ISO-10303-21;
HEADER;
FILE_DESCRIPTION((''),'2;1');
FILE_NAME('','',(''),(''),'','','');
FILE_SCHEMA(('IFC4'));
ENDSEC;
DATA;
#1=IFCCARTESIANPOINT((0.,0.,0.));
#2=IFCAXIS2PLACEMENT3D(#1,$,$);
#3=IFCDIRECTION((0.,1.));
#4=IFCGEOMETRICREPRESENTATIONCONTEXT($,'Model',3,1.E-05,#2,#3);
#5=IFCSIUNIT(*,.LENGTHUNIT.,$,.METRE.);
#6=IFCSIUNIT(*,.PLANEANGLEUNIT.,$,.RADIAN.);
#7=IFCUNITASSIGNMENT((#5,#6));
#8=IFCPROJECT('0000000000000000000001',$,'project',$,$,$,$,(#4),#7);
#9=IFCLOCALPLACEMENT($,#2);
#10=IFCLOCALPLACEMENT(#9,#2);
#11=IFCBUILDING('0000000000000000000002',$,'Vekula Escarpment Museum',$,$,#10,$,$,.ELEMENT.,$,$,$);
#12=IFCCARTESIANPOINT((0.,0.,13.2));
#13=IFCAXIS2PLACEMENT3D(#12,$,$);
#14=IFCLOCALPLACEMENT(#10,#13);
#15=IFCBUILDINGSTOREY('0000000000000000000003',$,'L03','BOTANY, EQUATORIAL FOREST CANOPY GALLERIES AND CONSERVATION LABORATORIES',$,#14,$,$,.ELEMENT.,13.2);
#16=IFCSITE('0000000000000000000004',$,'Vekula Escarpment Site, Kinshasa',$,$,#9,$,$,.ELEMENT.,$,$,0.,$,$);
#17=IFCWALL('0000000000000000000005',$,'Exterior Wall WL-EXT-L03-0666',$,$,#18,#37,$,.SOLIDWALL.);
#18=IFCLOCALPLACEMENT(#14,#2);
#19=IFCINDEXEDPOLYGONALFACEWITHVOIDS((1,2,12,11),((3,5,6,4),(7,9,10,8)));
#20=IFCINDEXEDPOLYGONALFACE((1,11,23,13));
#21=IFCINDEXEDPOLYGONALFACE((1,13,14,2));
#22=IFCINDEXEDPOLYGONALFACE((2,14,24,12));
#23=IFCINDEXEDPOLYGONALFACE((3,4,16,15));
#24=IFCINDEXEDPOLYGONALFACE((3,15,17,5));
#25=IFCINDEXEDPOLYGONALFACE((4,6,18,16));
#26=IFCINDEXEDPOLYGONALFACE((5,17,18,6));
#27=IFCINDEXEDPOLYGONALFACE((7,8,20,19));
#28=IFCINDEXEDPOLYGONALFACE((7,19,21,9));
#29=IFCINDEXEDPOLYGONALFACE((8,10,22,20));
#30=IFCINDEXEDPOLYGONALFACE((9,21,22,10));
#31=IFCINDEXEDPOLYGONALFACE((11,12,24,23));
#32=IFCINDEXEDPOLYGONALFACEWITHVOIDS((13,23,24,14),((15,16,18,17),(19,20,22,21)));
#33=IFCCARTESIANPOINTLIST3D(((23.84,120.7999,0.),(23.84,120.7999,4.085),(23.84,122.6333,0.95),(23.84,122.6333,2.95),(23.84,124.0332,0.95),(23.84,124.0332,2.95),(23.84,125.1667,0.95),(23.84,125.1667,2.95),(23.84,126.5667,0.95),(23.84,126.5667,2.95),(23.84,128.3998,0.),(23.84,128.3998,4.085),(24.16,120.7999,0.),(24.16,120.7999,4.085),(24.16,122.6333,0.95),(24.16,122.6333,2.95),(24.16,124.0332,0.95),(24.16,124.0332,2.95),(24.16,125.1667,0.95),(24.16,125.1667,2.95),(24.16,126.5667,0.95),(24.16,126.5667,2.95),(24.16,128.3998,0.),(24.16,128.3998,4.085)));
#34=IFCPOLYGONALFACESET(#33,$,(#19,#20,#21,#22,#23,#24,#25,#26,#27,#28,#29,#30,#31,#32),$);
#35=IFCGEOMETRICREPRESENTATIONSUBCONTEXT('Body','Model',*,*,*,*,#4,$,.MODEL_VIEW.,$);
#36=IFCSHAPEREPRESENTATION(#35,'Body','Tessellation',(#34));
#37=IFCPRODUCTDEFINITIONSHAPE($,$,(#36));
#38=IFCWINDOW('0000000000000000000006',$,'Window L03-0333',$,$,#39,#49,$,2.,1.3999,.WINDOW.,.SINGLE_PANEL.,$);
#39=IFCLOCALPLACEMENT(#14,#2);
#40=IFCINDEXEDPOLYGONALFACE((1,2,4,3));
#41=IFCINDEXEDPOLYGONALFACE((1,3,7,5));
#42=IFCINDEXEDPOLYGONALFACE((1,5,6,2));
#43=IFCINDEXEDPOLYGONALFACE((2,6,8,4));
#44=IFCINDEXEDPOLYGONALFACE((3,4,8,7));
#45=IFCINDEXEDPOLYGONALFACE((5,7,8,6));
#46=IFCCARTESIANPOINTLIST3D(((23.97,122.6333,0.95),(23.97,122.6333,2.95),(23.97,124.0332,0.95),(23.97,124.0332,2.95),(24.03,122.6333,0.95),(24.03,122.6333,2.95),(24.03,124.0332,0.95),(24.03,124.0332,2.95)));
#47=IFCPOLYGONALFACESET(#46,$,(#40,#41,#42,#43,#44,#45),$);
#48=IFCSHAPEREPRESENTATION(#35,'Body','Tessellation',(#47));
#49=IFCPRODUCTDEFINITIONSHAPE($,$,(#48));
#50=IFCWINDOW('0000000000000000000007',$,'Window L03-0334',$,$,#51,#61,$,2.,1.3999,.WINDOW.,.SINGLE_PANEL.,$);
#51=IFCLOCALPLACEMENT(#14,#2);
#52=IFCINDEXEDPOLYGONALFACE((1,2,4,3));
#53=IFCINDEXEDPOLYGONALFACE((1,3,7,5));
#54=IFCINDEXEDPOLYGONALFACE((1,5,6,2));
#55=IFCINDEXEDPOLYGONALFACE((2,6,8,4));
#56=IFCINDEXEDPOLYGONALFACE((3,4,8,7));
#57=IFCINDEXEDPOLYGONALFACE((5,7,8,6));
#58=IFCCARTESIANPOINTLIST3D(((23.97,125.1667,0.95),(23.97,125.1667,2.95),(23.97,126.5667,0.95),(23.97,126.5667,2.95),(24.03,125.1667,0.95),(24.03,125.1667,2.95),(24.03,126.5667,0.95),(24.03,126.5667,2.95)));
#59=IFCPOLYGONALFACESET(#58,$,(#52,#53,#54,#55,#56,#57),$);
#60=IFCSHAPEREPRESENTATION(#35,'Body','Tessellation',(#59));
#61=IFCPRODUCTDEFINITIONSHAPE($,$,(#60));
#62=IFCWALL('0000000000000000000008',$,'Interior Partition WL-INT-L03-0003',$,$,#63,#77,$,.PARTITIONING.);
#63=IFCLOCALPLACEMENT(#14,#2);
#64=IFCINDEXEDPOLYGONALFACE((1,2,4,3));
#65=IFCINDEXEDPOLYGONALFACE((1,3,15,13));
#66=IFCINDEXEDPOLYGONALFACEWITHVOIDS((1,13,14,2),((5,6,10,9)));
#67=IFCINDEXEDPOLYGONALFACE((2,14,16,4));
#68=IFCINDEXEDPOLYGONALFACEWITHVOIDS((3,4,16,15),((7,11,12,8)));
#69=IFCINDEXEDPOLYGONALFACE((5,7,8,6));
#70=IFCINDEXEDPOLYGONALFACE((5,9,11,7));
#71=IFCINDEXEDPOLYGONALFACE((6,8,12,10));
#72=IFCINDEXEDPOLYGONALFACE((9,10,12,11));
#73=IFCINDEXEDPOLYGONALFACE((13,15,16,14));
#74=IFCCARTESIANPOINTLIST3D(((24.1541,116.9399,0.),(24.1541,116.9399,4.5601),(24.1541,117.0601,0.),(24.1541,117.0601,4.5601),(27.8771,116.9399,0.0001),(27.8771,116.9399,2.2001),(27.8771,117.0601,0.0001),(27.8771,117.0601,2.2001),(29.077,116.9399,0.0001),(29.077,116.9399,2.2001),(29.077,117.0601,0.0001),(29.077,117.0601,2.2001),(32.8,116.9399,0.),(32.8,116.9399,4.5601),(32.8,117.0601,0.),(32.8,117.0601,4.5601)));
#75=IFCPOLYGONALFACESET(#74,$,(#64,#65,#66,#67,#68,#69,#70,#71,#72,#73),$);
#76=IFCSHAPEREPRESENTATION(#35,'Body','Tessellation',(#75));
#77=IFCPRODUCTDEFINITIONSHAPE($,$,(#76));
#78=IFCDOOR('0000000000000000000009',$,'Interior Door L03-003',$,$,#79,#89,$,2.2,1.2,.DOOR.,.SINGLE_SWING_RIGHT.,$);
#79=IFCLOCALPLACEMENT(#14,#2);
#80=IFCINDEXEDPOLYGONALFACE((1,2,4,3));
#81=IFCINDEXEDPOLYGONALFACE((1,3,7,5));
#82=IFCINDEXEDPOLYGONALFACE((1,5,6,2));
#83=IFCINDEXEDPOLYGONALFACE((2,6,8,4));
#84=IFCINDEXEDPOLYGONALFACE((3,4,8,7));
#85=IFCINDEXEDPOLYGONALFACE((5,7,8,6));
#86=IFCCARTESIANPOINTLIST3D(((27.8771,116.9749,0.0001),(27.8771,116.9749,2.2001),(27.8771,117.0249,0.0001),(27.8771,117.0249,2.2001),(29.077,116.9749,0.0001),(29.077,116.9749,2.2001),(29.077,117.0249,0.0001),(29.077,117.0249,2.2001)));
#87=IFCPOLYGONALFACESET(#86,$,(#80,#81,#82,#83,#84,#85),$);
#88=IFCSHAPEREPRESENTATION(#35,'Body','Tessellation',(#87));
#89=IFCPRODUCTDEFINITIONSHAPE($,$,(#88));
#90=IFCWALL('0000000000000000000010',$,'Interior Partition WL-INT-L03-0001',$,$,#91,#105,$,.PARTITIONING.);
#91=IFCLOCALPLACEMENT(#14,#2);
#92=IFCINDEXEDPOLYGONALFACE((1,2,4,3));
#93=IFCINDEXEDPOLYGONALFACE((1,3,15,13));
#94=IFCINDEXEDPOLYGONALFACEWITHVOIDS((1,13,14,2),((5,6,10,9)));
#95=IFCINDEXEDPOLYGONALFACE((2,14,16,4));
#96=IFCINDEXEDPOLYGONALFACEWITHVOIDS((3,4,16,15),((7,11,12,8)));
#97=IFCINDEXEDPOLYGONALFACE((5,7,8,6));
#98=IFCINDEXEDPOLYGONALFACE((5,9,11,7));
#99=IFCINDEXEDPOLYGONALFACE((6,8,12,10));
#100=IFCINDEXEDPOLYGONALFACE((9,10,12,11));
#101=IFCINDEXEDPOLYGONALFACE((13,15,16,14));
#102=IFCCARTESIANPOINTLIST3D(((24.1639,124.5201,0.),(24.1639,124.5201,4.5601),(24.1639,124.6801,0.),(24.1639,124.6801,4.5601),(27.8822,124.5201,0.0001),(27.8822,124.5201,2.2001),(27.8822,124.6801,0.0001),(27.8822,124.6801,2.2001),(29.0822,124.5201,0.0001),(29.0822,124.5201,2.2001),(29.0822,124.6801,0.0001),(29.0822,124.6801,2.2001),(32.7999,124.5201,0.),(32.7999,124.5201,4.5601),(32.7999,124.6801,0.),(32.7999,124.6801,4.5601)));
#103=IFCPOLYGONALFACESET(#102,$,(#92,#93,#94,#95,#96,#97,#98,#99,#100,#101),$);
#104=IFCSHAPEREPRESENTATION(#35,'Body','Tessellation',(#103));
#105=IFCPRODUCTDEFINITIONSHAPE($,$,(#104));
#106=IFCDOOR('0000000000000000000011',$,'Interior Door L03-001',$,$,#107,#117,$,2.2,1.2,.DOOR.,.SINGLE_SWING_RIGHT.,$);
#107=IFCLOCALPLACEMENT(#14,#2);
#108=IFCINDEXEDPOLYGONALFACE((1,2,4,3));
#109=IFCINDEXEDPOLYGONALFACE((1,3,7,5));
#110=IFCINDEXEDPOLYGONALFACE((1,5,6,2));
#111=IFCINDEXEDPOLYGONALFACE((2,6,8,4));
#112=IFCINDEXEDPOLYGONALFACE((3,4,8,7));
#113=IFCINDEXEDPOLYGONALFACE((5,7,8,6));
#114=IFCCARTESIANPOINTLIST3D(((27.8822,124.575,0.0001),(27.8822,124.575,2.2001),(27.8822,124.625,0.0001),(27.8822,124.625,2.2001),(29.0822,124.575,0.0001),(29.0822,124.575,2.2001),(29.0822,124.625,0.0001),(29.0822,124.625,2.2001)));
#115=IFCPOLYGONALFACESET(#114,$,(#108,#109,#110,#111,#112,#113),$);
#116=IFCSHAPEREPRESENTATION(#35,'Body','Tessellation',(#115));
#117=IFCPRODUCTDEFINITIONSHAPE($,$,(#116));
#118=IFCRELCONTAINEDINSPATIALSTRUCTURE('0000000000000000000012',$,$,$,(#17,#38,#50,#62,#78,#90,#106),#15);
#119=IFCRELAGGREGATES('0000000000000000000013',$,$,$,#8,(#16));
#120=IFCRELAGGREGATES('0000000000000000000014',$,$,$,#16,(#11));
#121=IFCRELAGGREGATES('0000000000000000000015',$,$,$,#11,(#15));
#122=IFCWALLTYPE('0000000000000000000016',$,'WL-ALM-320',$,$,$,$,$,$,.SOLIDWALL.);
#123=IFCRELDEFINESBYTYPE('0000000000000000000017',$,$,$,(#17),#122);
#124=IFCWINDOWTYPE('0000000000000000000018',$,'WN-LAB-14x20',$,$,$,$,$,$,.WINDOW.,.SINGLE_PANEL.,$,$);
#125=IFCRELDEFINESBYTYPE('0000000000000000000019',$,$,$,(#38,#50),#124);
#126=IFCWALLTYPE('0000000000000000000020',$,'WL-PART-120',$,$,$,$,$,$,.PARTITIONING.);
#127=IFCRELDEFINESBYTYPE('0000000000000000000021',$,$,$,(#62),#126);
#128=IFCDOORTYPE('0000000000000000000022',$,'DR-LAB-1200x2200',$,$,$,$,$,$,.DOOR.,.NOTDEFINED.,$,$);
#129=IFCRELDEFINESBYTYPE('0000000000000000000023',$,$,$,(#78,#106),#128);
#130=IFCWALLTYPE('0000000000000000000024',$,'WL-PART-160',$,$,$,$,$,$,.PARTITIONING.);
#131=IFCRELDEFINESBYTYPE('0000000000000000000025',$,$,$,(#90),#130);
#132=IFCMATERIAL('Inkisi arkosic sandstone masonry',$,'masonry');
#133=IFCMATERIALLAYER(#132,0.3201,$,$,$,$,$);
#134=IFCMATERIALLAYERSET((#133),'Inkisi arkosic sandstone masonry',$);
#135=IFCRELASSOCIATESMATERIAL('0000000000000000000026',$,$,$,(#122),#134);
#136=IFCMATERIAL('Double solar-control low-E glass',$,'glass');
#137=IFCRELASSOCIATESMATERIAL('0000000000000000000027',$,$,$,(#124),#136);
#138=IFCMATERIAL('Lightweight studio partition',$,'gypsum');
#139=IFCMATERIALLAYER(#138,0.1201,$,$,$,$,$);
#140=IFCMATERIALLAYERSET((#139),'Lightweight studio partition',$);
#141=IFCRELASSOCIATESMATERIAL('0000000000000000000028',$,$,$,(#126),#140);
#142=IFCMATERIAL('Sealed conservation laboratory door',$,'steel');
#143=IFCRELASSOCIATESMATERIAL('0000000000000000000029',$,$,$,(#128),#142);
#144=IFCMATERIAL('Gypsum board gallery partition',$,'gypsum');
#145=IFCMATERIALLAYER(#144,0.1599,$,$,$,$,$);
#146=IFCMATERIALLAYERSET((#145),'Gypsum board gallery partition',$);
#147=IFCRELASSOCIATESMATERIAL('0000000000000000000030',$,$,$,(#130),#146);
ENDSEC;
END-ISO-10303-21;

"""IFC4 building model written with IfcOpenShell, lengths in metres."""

from ifc_helpers import new_model, si_unit, direction, frame, frame_2d, origin, place, context, subcontext, project, spatial, rectangle, extrude, material, layer, layer_set, type_object, element, fill, save


model = new_model("IFC4")

# Units and contexts
model_context = context("Model", 3, precision=1e-05, world=origin(), true_north=direction((0.0, 1.0)))
body_context = subcontext(model_context, "Body", "Model", "MODEL_VIEW")
ifc_project = project(units=[si_unit("LENGTHUNIT", "METRE"), si_unit("PLANEANGLEUNIT", "RADIAN")], contexts=[model_context])

# Site, building, storey
site_placement = place(None, origin())
site = spatial("IfcSite", under=ifc_project, at=site_placement, Name="Vekula Escarpment Site, Kinshasa", CompositionType="ELEMENT", RefElevation=0.0)
building_placement = place(site_placement, origin())
building = spatial("IfcBuilding", under=site, at=building_placement, Name="Vekula Escarpment Museum", CompositionType="ELEMENT")
storey_placement = place(building_placement, frame((0.0, 0.0, 13.2)))
storey = spatial("IfcBuildingStorey", under=building, at=storey_placement, Name="L03", Description="BOTANY, EQUATORIAL FOREST CANOPY GALLERIES AND CONSERVATION LABORATORIES", CompositionType="ELEMENT", Elevation=13.2)

# Wall, openings, windows
ifc_material_1 = material(Name="Inkisi arkosic sandstone masonry", Category="masonry")
ifc_layer_1 = layer(ifc_material_1, 0.3201)
ifc_layer_set_1 = layer_set([ifc_layer_1], Name="Inkisi arkosic sandstone masonry")
wall_type_1 = type_object("IfcWallType", Name="WL-ALM-320", PredefinedType="SOLIDWALL", material=ifc_layer_set_1)
wall_1_placement = place(storey_placement, frame((24.0, 120.8, 0.0), z_axis=(0.0, 0.0, 1.0), x_axis=(0.0, 1.0, 0.0)))
wall_1 = element("IfcWall", 1, at=wall_1_placement, inside=storey, type_object=wall_type_1, Name="Exterior Wall WL-EXT-L03-0666", PredefinedType="SOLIDWALL", context=body_context, shape_type="SweptSolid", body=[
    extrude(rectangle(XDim=7.5999, YDim=0.3201, at=frame_2d((3.7998, 0.0))), origin(), (0.0, 0.0, 1.0), 4.085),
])
opening_1_placement = place(wall_1_placement, frame((1.8333, 0.0, 0.95)))
opening_1 = element("IfcOpeningElement", 2, at=opening_1_placement, cuts=wall_1, PredefinedType="OPENING", context=body_context, shape_type="SweptSolid", body=[
    extrude(rectangle(XDim=1.3999, YDim=2.0, at=frame_2d((0.7, 1.0))), frame((0.0, 0.1699, 0.0), z_axis=(0.0, -1.0, 0.0), x_axis=(1.0, 0.0, 0.0)), (0.0, 0.0, 1.0), 0.3401),
])
opening_2_placement = place(wall_1_placement, frame((4.3667, 0.0, 0.95)))
opening_2 = element("IfcOpeningElement", 3, at=opening_2_placement, cuts=wall_1, PredefinedType="OPENING", context=body_context, shape_type="SweptSolid", body=[
    extrude(rectangle(XDim=1.3999, YDim=2.0, at=frame_2d((0.7, 1.0))), frame((0.0, 0.1699, 0.0), z_axis=(0.0, -1.0, 0.0), x_axis=(1.0, 0.0, 0.0)), (0.0, 0.0, 1.0), 0.3401),
])
ifc_material_2 = material(Name="Double solar-control low-E glass", Category="glass")
window_type = type_object("IfcWindowType", Name="WN-LAB-14x20", PartitioningType="SINGLE_PANEL", PredefinedType="WINDOW", material=ifc_material_2)
window_1_placement = place(opening_1_placement, origin())
window_1 = element("IfcWindow", 4, at=window_1_placement, inside=storey, type_object=window_type, Name="Window L03-0333", OverallHeight=2.0, OverallWidth=1.3999, PartitioningType="SINGLE_PANEL", PredefinedType="WINDOW", context=body_context, shape_type="SweptSolid", body=[
    extrude(rectangle(XDim=1.3999, YDim=2.0, at=frame_2d((0.7, 1.0))), frame((0.0, 0.03, 0.0), z_axis=(0.0, -1.0, 0.0), x_axis=(1.0, 0.0, 0.0)), (0.0, 0.0, 1.0), 0.0601),
])
fill(opening_1, window_1)
window_2_placement = place(opening_2_placement, origin())
window_2 = element("IfcWindow", 5, at=window_2_placement, inside=storey, type_object=window_type, Name="Window L03-0334", OverallHeight=2.0, OverallWidth=1.3999, PartitioningType="SINGLE_PANEL", PredefinedType="WINDOW", context=body_context, shape_type="SweptSolid", body=[
    extrude(rectangle(XDim=1.3999, YDim=2.0, at=frame_2d((0.7, 1.0))), frame((0.0, 0.03, 0.0), z_axis=(0.0, -1.0, 0.0), x_axis=(1.0, 0.0, 0.0)), (0.0, 0.0, 1.0), 0.0601),
])
fill(opening_2, window_2)

# Walls, openings, doors
ifc_material_3 = material(Name="Lightweight studio partition", Category="gypsum")
ifc_layer_2 = layer(ifc_material_3, 0.1201)
ifc_layer_set_2 = layer_set([ifc_layer_2], Name="Lightweight studio partition")
wall_type_2 = type_object("IfcWallType", Name="WL-PART-120", PredefinedType="PARTITIONING", material=ifc_layer_set_2)
wall_2_placement = place(storey_placement, frame((24.1541, 117.0, 0.0), z_axis=(0.0, 0.0, 1.0), x_axis=(1.0, 0.0, 0.0)))
wall_2 = element("IfcWall", 6, at=wall_2_placement, inside=storey, type_object=wall_type_2, Name="Interior Partition WL-INT-L03-0003", PredefinedType="PARTITIONING", context=body_context, shape_type="SweptSolid", body=[
    extrude(rectangle(XDim=8.646, YDim=0.1201, at=frame_2d((4.323, 0.0))), origin(), (0.0, 0.0, 1.0), 4.5601),
])
opening_3_placement = place(wall_2_placement, frame((3.7229, 0.0, 0.0)))
opening_3 = element("IfcOpeningElement", 7, at=opening_3_placement, cuts=wall_2, PredefinedType="OPENING", context=body_context, shape_type="SweptSolid", body=[
    extrude(rectangle(XDim=1.2, YDim=2.2, at=frame_2d((0.6001, 1.1001))), frame((0.0, 0.0701, 0.0), z_axis=(0.0, -1.0, 0.0), x_axis=(1.0, 0.0, 0.0)), (0.0, 0.0, 1.0), 0.1401),
])
ifc_material_4 = material(Name="Sealed conservation laboratory door", Category="steel")
door_type = type_object("IfcDoorType", Name="DR-LAB-1200x2200", OperationType="NOTDEFINED", PredefinedType="DOOR", material=ifc_material_4)
door_1_placement = place(opening_3_placement, origin())
door_1 = element("IfcDoor", 8, at=door_1_placement, inside=storey, type_object=door_type, Name="Interior Door L03-003", OperationType="SINGLE_SWING_RIGHT", OverallHeight=2.2, OverallWidth=1.2, PredefinedType="DOOR", context=body_context, shape_type="SweptSolid", body=[
    extrude(rectangle(XDim=1.2, YDim=2.2, at=frame_2d((0.6001, 1.1001))), frame((0.0, 0.0249, 0.0), z_axis=(0.0, -1.0, 0.0), x_axis=(1.0, 0.0, 0.0)), (0.0, 0.0, 1.0), 0.05),
])
fill(opening_3, door_1)
ifc_material_5 = material(Name="Gypsum board gallery partition", Category="gypsum")
ifc_layer_3 = layer(ifc_material_5, 0.1599)
ifc_layer_set_3 = layer_set([ifc_layer_3], Name="Gypsum board gallery partition")
wall_type_3 = type_object("IfcWallType", Name="WL-PART-160", PredefinedType="PARTITIONING", material=ifc_layer_set_3)
wall_3_placement = place(storey_placement, frame((24.1641, 124.6001, 0.0), z_axis=(0.0, 0.0, 1.0), x_axis=(1.0, 0.0, 0.0)))
wall_3 = element("IfcWall", 9, at=wall_3_placement, inside=storey, type_object=wall_type_3, Name="Interior Partition WL-INT-L03-0001", PredefinedType="PARTITIONING", context=body_context, shape_type="SweptSolid", body=[
    extrude(rectangle(XDim=8.636, YDim=0.1599, at=frame_2d((4.3179, 0.0))), origin(), (0.0, 0.0, 1.0), 4.5601),
])
opening_4_placement = place(wall_3_placement, frame((3.718, 0.0, 0.0)))
opening_4 = element("IfcOpeningElement", 10, at=opening_4_placement, cuts=wall_3, PredefinedType="OPENING", context=body_context, shape_type="SweptSolid", body=[
    extrude(rectangle(XDim=1.2, YDim=2.2, at=frame_2d((0.6001, 1.1001))), frame((0.0, 0.0898, 0.0), z_axis=(0.0, -1.0, 0.0), x_axis=(1.0, 0.0, 0.0)), (0.0, 0.0, 1.0), 0.1799),
])
door_2_placement = place(opening_4_placement, origin())
door_2 = element("IfcDoor", 11, at=door_2_placement, inside=storey, type_object=door_type, Name="Interior Door L03-001", OperationType="SINGLE_SWING_RIGHT", OverallHeight=2.2, OverallWidth=1.2, PredefinedType="DOOR", context=body_context, shape_type="SweptSolid", body=[
    extrude(rectangle(XDim=1.2, YDim=2.2, at=frame_2d((0.6001, 1.1001))), frame((0.0, 0.0249, 0.0), z_axis=(0.0, -1.0, 0.0), x_axis=(1.0, 0.0, 0.0)), (0.0, 0.0, 1.0), 0.05),
])
fill(opening_4, door_2)

save(model, "model.ifc")
